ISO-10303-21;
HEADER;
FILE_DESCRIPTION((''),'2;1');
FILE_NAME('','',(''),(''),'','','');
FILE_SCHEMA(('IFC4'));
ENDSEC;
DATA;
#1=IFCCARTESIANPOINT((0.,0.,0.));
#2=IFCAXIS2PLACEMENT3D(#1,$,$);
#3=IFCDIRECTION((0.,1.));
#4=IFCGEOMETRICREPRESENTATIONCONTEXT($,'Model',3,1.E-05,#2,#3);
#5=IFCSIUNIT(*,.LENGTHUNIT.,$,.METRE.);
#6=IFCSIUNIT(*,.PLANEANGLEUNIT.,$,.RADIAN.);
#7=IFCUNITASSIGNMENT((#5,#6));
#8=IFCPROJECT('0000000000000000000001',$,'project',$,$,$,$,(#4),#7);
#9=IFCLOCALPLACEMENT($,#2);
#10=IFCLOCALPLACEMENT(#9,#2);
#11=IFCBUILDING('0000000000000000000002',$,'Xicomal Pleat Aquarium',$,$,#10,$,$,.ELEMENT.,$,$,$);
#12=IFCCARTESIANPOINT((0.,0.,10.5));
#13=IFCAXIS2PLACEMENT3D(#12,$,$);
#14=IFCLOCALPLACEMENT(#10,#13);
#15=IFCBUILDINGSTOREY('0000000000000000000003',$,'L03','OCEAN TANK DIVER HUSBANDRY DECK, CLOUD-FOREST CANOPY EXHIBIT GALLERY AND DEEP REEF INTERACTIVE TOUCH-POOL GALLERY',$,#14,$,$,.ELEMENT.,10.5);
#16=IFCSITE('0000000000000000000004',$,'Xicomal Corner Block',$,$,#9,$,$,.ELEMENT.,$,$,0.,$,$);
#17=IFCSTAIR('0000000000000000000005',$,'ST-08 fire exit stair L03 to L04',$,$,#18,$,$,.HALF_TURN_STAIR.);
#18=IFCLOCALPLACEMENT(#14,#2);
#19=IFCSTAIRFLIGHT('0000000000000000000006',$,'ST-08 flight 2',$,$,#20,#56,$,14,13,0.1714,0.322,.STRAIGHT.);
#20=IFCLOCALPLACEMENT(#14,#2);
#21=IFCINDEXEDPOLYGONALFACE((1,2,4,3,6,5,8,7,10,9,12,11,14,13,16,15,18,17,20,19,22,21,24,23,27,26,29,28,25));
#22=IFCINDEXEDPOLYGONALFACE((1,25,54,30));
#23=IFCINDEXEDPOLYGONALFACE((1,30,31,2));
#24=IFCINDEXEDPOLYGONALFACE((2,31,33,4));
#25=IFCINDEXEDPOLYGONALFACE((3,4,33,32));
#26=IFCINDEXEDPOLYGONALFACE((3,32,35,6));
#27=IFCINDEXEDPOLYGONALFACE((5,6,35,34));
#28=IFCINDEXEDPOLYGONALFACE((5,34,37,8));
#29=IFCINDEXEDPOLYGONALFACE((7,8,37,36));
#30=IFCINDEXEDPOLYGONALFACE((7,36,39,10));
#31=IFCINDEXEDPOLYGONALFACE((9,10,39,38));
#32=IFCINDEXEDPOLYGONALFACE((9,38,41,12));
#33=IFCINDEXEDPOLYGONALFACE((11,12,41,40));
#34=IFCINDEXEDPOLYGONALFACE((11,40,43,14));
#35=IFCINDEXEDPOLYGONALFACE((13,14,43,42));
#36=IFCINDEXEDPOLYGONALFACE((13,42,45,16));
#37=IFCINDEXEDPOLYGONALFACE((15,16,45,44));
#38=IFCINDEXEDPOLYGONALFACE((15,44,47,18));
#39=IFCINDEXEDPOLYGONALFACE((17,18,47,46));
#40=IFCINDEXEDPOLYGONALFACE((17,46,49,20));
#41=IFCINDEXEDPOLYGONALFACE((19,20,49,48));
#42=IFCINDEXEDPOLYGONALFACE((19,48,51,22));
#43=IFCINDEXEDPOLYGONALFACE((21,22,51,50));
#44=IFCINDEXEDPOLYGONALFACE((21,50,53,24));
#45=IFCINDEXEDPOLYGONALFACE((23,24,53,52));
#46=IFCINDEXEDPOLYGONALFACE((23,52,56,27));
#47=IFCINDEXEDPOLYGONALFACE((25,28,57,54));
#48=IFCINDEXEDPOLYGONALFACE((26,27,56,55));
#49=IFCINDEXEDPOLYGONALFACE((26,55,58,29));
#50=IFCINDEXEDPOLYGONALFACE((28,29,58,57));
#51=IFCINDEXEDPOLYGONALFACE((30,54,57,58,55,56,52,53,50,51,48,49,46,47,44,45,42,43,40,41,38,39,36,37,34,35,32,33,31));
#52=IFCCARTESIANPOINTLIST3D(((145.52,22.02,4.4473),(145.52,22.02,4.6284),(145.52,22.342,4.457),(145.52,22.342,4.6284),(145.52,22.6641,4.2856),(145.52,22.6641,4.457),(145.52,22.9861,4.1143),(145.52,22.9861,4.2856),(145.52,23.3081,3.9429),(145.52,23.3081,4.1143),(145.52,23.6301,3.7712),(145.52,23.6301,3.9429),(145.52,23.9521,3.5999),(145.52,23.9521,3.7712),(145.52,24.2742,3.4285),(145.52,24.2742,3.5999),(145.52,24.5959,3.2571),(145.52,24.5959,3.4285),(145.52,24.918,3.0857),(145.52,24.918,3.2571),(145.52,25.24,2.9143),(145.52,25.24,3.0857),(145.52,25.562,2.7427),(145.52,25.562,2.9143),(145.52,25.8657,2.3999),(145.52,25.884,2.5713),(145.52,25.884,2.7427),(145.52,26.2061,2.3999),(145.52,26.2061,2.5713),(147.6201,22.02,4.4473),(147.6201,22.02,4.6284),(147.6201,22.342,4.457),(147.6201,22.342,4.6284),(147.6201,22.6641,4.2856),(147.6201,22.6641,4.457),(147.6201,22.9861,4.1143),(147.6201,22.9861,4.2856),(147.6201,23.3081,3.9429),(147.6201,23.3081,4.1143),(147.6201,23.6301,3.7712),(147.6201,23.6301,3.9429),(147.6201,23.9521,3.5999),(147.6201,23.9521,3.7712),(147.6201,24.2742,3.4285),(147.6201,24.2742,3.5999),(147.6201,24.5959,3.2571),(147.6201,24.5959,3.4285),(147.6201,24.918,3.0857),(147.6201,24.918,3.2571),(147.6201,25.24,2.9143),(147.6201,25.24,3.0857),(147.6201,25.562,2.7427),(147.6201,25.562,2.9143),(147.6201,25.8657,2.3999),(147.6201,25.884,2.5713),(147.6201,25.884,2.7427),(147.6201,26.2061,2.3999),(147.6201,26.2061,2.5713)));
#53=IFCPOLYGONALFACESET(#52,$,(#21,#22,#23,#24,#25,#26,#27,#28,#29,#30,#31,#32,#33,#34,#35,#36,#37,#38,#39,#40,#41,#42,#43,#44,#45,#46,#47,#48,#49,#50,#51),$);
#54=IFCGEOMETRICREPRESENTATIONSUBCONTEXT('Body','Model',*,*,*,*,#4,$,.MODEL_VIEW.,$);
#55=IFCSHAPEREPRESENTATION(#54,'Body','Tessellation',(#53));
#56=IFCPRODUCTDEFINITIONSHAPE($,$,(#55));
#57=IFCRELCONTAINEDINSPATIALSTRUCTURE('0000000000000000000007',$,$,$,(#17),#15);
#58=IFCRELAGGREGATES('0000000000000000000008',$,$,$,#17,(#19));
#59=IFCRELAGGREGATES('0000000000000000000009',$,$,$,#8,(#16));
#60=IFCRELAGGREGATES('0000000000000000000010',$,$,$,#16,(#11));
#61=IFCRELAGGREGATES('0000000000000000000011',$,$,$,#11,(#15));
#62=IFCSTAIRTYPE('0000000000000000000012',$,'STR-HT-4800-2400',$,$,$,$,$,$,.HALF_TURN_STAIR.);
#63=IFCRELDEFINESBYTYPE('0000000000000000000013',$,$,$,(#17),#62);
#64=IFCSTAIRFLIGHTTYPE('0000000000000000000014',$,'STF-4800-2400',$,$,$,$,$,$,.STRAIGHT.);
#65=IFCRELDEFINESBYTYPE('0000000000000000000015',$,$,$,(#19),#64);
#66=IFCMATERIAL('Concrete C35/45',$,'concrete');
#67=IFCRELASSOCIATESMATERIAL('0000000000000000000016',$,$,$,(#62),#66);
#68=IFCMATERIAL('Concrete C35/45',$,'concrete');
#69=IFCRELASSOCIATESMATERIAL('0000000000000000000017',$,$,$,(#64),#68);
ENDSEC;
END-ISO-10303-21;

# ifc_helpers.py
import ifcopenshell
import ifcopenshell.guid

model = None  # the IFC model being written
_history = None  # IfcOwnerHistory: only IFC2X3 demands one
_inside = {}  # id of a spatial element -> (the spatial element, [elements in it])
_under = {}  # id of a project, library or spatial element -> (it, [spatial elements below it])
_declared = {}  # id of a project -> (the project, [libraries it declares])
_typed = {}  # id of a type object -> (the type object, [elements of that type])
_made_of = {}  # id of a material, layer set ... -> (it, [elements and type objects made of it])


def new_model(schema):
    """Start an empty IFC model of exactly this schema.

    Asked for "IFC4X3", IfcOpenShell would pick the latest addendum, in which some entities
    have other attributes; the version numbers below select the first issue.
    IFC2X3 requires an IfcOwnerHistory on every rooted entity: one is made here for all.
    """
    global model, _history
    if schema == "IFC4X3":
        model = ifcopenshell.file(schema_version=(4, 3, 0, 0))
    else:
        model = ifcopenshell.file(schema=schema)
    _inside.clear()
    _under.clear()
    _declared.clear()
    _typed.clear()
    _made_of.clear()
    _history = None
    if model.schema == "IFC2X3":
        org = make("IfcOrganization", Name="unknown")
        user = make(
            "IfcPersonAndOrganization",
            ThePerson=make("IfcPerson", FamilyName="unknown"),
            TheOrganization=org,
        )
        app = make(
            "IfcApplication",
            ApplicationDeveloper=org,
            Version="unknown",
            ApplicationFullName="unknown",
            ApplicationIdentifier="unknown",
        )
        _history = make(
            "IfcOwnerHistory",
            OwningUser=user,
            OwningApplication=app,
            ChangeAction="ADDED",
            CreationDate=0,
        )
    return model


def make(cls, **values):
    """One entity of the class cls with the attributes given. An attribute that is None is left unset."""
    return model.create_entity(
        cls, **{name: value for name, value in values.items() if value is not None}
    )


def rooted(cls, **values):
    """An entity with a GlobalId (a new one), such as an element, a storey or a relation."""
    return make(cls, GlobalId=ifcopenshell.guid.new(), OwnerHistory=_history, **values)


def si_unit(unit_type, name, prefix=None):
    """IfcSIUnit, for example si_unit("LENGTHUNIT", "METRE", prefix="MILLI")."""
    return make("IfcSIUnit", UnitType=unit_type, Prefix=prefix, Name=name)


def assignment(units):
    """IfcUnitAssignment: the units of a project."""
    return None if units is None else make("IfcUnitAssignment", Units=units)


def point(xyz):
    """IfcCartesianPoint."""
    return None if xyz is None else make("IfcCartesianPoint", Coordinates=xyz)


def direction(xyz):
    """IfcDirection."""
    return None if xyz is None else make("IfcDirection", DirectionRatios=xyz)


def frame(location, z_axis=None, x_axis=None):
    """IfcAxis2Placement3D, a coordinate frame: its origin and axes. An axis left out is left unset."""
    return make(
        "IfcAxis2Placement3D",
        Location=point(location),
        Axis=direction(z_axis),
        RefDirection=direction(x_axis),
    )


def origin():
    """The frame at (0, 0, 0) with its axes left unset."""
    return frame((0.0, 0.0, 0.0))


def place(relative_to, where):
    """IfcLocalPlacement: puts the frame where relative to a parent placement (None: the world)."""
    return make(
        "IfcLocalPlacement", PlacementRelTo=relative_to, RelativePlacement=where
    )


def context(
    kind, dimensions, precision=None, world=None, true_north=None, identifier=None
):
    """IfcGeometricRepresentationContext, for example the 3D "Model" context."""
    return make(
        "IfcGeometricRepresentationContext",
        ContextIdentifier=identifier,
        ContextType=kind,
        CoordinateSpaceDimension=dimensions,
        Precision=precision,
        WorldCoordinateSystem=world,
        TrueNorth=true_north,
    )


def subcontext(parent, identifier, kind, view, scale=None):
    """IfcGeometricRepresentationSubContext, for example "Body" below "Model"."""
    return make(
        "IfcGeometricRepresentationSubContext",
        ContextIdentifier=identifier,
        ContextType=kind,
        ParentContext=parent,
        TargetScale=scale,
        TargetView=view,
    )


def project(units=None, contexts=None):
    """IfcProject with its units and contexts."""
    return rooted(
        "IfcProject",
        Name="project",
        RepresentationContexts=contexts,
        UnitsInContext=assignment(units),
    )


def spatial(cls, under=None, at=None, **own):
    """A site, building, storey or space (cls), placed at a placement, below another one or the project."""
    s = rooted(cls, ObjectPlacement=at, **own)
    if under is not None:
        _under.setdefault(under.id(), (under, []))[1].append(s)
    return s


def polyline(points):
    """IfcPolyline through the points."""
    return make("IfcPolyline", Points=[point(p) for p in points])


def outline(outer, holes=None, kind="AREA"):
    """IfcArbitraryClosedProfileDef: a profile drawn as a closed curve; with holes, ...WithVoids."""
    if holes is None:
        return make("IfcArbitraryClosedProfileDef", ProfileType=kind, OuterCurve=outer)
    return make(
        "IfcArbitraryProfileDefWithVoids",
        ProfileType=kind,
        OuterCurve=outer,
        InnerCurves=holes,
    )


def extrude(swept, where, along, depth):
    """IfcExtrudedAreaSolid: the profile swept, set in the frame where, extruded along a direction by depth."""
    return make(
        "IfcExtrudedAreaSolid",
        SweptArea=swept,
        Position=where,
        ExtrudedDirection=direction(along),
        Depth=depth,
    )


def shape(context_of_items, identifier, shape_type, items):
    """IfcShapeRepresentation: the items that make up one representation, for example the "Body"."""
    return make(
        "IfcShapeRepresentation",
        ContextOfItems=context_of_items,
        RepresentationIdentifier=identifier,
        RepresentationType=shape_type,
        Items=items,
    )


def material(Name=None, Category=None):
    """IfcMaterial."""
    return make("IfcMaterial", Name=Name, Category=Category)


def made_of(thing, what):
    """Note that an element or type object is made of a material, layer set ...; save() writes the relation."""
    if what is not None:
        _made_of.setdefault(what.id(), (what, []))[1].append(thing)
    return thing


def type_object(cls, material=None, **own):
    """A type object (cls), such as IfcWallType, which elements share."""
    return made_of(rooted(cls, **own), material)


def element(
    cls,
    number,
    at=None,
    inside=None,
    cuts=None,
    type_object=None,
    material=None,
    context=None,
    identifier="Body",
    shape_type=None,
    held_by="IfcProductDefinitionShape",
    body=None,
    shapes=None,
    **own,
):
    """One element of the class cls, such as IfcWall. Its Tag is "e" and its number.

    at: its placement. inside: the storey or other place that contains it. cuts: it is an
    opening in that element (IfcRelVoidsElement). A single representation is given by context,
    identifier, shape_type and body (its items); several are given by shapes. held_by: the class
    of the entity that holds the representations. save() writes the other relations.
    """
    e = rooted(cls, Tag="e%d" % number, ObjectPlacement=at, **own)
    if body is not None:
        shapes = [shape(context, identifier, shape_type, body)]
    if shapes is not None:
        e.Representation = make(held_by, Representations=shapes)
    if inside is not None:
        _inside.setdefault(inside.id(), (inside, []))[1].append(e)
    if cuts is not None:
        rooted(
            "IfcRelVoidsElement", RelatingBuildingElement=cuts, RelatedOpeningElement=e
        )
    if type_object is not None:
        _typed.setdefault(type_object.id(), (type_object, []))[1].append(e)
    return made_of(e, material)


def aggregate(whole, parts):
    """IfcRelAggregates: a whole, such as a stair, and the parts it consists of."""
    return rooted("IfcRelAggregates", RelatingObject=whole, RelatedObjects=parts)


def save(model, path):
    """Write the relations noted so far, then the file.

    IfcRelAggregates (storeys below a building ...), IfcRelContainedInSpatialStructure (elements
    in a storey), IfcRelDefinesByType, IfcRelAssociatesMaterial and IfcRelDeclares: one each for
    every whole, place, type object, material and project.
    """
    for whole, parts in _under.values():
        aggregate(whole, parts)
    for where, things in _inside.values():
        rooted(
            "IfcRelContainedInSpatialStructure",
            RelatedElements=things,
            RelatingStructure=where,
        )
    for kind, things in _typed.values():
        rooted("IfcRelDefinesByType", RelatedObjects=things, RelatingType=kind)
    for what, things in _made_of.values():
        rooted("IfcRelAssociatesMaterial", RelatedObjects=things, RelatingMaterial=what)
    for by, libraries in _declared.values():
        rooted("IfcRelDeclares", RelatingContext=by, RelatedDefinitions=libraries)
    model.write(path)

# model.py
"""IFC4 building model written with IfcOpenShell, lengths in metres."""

from ifc_helpers import new_model, si_unit, direction, frame, origin, place, context, subcontext, project, spatial, polyline, outline, extrude, material, type_object, element, aggregate, save


model = new_model("IFC4")

# Units and contexts
model_context = context("Model", 3, precision=1e-05, world=origin(), true_north=direction((0.0, 1.0)))
body_context = subcontext(model_context, "Body", "Model", "MODEL_VIEW")
ifc_project = project(units=[si_unit("LENGTHUNIT", "METRE"), si_unit("PLANEANGLEUNIT", "RADIAN")], contexts=[model_context])

# Site, building, storey
site_placement = place(None, origin())
site = spatial("IfcSite", under=ifc_project, at=site_placement, Name="Xicomal Corner Block", CompositionType="ELEMENT", RefElevation=0.0)
building_placement = place(site_placement, origin())
building = spatial("IfcBuilding", under=site, at=building_placement, Name="Xicomal Pleat Aquarium", CompositionType="ELEMENT")
storey_placement = place(building_placement, frame((0.0, 0.0, 10.5)))
storey = spatial("IfcBuildingStorey", under=building, at=storey_placement, Name="L03", Description="OCEAN TANK DIVER HUSBANDRY DECK, CLOUD-FOREST CANOPY EXHIBIT GALLERY AND DEEP REEF INTERACTIVE TOUCH-POOL GALLERY", CompositionType="ELEMENT", Elevation=10.5)

# Stair, stair flight
ifc_material_1 = material(Name="Concrete C35/45", Category="concrete")
stair_type = type_object("IfcStairType", Name="STR-HT-4800-2400", PredefinedType="HALF_TURN_STAIR", material=ifc_material_1)
stair_placement = place(storey_placement, origin())
stair = element("IfcStair", 1, at=stair_placement, inside=storey, type_object=stair_type, Name="ST-08 fire exit stair L03 to L04", PredefinedType="HALF_TURN_STAIR")
ifc_material_2 = material(Name="Concrete C35/45", Category="concrete")
stair_flight_type = type_object("IfcStairFlightType", Name="STF-4800-2400", PredefinedType="STRAIGHT", material=ifc_material_2)
stair_flight_placement = place(storey_placement, frame((146.5701, 26.2061, 2.3999), z_axis=(0.0, 0.0, 1.0), x_axis=(0.0, -1.0, 0.0)))
stair_flight = element("IfcStairFlight", 2, at=stair_flight_placement, type_object=stair_flight_type, Name="ST-08 flight 2", NumberOfRisers=14, NumberOfTreads=13, PredefinedType="STRAIGHT", RiserHeight=0.1714, TreadLength=0.322, context=body_context, shape_type="SweptSolid", body=[
    extrude(outline(polyline([(0.0, 0.0), (0.0, 0.1714), (0.322, 0.1714), (0.322, 0.3428), (0.644, 0.3428), (0.644, 0.5144), (0.9661, 0.5144), (0.9661, 0.6858), (1.2881, 0.6858), (1.2881, 0.8572), (1.6101, 0.8572), (1.6101, 1.0286), (1.9319, 1.0286), (1.9319, 1.2), (2.2539, 1.2), (2.2539, 1.3713), (2.5759, 1.3713), (2.5759, 1.543), (2.8979, 1.543), (2.8979, 1.7144), (3.22, 1.7144), (3.22, 1.8857), (3.542, 1.8857), (3.542, 2.0571), (3.864, 2.0571), (3.864, 2.2285), (4.186, 2.2285), (4.186, 2.3999), (4.186, 2.0474), (0.3403, 0.0), (0.0, 0.0)])), frame((0.0, 1.05, 0.0), z_axis=(0.0, -1.0, 0.0), x_axis=(1.0, 0.0, 0.0)), (0.0, 0.0, 1.0), 2.1001),
])
aggregate(stair, [stair_flight])

save(model, "model.ifc")
